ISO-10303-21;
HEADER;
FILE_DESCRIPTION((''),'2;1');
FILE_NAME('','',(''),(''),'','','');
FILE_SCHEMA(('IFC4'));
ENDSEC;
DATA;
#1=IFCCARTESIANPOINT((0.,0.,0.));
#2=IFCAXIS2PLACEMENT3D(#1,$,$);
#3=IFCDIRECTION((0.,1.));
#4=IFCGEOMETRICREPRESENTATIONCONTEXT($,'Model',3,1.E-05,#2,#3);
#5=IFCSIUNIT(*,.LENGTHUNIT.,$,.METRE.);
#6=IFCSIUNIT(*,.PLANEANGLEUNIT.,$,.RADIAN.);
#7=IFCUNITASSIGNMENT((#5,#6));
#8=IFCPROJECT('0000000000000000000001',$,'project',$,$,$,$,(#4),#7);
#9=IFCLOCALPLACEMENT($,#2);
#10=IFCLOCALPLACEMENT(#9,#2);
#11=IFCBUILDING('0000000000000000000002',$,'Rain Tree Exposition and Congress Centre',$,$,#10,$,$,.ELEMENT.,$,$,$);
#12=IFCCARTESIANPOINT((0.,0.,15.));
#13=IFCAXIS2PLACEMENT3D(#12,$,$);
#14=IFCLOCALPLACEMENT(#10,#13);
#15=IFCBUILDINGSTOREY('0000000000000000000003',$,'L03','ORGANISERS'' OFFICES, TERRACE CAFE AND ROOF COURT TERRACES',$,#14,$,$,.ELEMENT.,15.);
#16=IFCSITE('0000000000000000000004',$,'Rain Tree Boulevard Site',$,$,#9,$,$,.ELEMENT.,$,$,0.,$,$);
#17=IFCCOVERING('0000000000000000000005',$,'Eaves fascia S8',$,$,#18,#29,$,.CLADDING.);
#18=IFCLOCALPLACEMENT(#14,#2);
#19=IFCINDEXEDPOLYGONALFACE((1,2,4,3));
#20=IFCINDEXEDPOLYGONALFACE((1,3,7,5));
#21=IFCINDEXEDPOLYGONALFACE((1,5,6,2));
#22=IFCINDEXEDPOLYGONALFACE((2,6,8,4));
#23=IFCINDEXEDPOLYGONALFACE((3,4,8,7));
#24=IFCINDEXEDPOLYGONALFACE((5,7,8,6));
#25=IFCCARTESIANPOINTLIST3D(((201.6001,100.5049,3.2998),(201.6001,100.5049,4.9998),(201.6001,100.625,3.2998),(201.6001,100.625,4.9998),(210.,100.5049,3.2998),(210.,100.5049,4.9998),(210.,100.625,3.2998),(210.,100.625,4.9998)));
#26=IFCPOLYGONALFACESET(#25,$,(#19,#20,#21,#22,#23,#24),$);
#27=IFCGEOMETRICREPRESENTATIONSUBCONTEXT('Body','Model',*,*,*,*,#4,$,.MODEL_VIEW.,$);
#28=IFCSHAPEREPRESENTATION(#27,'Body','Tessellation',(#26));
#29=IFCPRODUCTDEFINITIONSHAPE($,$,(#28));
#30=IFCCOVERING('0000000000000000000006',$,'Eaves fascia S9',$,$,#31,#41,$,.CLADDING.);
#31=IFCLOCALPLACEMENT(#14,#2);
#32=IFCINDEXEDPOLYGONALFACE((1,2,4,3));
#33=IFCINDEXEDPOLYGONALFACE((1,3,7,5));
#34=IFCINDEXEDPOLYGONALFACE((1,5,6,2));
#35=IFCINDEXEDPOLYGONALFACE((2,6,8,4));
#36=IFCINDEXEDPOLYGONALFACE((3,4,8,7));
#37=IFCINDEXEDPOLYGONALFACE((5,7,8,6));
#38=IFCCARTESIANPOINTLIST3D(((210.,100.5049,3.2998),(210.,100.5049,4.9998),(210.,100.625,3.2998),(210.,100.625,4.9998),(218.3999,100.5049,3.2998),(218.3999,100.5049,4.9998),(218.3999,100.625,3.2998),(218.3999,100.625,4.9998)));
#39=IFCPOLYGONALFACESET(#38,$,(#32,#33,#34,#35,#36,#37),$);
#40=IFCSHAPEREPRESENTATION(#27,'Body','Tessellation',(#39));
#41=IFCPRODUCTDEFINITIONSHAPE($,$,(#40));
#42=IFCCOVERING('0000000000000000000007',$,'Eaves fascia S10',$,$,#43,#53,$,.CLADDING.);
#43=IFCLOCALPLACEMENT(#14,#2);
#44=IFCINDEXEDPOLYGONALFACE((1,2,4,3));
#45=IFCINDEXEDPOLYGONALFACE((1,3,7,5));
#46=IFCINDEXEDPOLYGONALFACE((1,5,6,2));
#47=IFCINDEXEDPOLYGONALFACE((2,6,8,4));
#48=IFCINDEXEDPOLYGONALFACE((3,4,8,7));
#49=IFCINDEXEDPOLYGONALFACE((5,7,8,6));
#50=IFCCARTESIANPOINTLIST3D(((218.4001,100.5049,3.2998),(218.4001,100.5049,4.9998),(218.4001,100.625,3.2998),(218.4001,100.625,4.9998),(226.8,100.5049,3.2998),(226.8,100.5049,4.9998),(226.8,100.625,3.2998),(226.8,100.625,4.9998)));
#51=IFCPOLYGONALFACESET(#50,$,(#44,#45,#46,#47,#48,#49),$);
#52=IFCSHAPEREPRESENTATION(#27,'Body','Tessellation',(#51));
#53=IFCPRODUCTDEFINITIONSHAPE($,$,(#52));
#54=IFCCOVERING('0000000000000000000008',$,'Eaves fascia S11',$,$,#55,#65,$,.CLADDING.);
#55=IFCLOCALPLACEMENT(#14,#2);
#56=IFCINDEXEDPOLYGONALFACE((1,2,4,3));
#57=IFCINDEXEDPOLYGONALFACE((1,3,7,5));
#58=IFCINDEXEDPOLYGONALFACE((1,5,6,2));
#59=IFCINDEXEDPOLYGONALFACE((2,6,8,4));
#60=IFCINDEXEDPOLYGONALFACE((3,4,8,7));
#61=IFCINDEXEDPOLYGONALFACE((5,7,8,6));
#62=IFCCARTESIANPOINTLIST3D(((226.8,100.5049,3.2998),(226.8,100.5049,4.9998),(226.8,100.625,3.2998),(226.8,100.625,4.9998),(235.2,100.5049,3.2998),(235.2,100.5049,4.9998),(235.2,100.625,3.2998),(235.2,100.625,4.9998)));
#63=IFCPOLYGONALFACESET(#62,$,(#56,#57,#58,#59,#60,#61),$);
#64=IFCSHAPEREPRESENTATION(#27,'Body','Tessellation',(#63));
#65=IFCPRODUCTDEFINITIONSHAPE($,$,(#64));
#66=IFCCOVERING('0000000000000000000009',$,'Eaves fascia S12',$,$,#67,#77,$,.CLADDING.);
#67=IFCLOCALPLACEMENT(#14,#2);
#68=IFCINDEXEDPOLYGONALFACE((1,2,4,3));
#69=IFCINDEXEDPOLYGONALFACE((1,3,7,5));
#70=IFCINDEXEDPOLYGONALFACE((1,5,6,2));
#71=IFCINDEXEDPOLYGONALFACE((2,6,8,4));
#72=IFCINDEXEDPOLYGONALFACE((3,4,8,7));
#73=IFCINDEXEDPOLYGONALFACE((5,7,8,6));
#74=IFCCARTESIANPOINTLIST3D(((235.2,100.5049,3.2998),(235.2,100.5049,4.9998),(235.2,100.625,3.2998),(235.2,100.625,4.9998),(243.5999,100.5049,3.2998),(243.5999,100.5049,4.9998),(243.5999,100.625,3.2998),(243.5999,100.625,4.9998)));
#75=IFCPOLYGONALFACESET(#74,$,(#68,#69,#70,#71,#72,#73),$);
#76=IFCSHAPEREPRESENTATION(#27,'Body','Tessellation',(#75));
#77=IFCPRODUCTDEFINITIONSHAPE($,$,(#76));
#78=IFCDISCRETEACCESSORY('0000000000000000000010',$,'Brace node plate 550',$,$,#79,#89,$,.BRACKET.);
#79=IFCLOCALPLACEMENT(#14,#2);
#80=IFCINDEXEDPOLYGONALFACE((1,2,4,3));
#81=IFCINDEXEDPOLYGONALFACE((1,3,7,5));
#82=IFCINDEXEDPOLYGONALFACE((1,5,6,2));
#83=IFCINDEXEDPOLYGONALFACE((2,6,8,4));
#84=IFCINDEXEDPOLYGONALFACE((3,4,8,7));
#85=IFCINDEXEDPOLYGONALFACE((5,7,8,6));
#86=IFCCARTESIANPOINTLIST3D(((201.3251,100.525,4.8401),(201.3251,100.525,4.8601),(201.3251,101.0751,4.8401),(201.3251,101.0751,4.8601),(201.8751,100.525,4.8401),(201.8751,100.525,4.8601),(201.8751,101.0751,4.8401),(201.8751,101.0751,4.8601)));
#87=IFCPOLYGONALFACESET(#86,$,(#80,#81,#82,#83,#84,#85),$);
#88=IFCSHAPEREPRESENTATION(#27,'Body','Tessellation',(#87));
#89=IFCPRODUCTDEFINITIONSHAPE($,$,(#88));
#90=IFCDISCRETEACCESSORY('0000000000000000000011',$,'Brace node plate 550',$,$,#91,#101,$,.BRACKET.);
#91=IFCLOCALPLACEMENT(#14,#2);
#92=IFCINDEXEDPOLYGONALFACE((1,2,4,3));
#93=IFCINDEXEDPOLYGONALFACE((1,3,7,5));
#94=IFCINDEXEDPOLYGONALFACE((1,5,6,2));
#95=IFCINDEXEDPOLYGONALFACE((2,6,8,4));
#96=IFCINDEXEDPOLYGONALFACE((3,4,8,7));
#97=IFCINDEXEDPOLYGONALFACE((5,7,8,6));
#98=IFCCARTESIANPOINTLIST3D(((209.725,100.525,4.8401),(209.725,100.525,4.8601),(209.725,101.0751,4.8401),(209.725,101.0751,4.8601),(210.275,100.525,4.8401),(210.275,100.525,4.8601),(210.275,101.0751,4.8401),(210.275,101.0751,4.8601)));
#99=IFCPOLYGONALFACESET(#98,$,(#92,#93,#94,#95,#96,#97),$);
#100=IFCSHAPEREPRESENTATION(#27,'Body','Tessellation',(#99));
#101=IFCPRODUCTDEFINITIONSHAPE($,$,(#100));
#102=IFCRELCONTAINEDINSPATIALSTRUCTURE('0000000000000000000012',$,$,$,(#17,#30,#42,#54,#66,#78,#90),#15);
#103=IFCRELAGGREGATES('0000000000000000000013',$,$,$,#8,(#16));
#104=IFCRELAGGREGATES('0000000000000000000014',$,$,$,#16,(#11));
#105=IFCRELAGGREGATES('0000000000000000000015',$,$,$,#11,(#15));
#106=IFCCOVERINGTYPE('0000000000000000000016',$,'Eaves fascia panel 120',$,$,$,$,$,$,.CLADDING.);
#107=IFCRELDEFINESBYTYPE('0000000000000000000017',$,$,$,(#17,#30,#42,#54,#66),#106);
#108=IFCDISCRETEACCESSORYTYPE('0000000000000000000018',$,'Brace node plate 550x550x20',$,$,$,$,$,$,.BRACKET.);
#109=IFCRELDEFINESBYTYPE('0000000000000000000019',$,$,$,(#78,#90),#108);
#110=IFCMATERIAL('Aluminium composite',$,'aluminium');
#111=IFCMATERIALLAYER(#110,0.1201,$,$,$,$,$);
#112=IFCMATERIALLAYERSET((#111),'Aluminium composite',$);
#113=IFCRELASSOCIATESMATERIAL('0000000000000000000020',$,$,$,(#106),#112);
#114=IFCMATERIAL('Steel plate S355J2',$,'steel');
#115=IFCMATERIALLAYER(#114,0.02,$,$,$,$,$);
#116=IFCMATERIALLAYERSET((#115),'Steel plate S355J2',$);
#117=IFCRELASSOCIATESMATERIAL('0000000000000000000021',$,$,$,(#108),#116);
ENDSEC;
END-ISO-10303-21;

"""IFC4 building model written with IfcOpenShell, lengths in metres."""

from ifc_helpers import new_model, si_unit, direction, frame, origin, origin_2d, place, context, subcontext, project, spatial, rectangle, extrude, material, layer, layer_set, type_object, element, save


model = new_model("IFC4")

# Units and contexts
model_context = context("Model", 3, precision=1e-05, world=origin(), true_north=direction((0.0, 1.0)))
body_context = subcontext(model_context, "Body", "Model", "MODEL_VIEW")
ifc_project = project(units=[si_unit("LENGTHUNIT", "METRE"), si_unit("PLANEANGLEUNIT", "RADIAN")], contexts=[model_context])

# Site, building, storey
site_placement = place(None, origin())
site = spatial("IfcSite", under=ifc_project, at=site_placement, Name="Rain Tree Boulevard Site", CompositionType="ELEMENT", RefElevation=0.0)
building_placement = place(site_placement, origin())
building = spatial("IfcBuilding", under=site, at=building_placement, Name="Rain Tree Exposition and Congress Centre", CompositionType="ELEMENT")
storey_placement = place(building_placement, frame((0.0, 0.0, 15.0)))
storey = spatial("IfcBuildingStorey", under=building, at=storey_placement, Name="L03", Description="ORGANISERS' OFFICES, TERRACE CAFE AND ROOF COURT TERRACES", CompositionType="ELEMENT", Elevation=15.0)

# Coverings
ifc_material_1 = material(Name="Aluminium composite", Category="aluminium")
ifc_layer_1 = layer(ifc_material_1, 0.1201)
ifc_layer_set_1 = layer_set([ifc_layer_1], Name="Aluminium composite")
covering_type = type_object("IfcCoveringType", Name="Eaves fascia panel 120", PredefinedType="CLADDING", material=ifc_layer_set_1)
for number, where, z_axis, x_axis, name in (
    (1, (205.8, 100.5649, 3.2998), (0.0, 0.0, 1.0), (1.0, 0.0, 0.0), "Eaves fascia S8"),
    (2, (214.2, 100.5649, 3.2998), (0.0, 0.0, 1.0), (1.0, 0.0, 0.0), "Eaves fascia S9"),
    (3, (222.6001, 100.5649, 3.2998), (0.0, 0.0, 1.0), (1.0, 0.0, 0.0), "Eaves fascia S10"),
    (4, (231.0, 100.5649, 3.2998), (0.0, 0.0, 1.0), (1.0, 0.0, 0.0), "Eaves fascia S11"),
    (5, (239.3999, 100.5649, 3.2998), (0.0, 0.0, 1.0), (1.0, 0.0, 0.0), "Eaves fascia S12"),
):
    element("IfcCovering", number, at=place(storey_placement, frame(where, z_axis=z_axis, x_axis=x_axis)), inside=storey, type_object=covering_type, Name=name, PredefinedType="CLADDING", context=body_context, shape_type="SweptSolid", body=[
        extrude(rectangle(XDim=8.3999, YDim=0.1201, at=origin_2d()), origin(), (0.0, 0.0, 1.0), 1.7),
    ])

# Discrete accessories
ifc_material_2 = material(Name="Steel plate S355J2", Category="steel")
ifc_layer_2 = layer(ifc_material_2, 0.02)
ifc_layer_set_2 = layer_set([ifc_layer_2], Name="Steel plate S355J2")
discrete_accessory_type = type_object("IfcDiscreteAccessoryType", Name="Brace node plate 550x550x20", PredefinedType="BRACKET", material=ifc_layer_set_2)
for number, where, z_axis, x_axis, name in (
    (6, (201.6001, 100.8, 4.8401), (0.0, 0.0, 1.0), (1.0, 0.0, 0.0), "Brace node plate 550"),
    (7, (210.0, 100.8, 4.8401), (0.0, 0.0, 1.0), (1.0, 0.0, 0.0), "Brace node plate 550"),
):
    element("IfcDiscreteAccessory", number, at=place(storey_placement, frame(where, z_axis=z_axis, x_axis=x_axis)), inside=storey, type_object=discrete_accessory_type, Name=name, PredefinedType="BRACKET", context=body_context, shape_type="SweptSolid", body=[
        extrude(rectangle(XDim=0.55, YDim=0.55, at=origin_2d()), origin(), (0.0, 0.0, 1.0), 0.02),
    ])

save(model, "model.ifc")
